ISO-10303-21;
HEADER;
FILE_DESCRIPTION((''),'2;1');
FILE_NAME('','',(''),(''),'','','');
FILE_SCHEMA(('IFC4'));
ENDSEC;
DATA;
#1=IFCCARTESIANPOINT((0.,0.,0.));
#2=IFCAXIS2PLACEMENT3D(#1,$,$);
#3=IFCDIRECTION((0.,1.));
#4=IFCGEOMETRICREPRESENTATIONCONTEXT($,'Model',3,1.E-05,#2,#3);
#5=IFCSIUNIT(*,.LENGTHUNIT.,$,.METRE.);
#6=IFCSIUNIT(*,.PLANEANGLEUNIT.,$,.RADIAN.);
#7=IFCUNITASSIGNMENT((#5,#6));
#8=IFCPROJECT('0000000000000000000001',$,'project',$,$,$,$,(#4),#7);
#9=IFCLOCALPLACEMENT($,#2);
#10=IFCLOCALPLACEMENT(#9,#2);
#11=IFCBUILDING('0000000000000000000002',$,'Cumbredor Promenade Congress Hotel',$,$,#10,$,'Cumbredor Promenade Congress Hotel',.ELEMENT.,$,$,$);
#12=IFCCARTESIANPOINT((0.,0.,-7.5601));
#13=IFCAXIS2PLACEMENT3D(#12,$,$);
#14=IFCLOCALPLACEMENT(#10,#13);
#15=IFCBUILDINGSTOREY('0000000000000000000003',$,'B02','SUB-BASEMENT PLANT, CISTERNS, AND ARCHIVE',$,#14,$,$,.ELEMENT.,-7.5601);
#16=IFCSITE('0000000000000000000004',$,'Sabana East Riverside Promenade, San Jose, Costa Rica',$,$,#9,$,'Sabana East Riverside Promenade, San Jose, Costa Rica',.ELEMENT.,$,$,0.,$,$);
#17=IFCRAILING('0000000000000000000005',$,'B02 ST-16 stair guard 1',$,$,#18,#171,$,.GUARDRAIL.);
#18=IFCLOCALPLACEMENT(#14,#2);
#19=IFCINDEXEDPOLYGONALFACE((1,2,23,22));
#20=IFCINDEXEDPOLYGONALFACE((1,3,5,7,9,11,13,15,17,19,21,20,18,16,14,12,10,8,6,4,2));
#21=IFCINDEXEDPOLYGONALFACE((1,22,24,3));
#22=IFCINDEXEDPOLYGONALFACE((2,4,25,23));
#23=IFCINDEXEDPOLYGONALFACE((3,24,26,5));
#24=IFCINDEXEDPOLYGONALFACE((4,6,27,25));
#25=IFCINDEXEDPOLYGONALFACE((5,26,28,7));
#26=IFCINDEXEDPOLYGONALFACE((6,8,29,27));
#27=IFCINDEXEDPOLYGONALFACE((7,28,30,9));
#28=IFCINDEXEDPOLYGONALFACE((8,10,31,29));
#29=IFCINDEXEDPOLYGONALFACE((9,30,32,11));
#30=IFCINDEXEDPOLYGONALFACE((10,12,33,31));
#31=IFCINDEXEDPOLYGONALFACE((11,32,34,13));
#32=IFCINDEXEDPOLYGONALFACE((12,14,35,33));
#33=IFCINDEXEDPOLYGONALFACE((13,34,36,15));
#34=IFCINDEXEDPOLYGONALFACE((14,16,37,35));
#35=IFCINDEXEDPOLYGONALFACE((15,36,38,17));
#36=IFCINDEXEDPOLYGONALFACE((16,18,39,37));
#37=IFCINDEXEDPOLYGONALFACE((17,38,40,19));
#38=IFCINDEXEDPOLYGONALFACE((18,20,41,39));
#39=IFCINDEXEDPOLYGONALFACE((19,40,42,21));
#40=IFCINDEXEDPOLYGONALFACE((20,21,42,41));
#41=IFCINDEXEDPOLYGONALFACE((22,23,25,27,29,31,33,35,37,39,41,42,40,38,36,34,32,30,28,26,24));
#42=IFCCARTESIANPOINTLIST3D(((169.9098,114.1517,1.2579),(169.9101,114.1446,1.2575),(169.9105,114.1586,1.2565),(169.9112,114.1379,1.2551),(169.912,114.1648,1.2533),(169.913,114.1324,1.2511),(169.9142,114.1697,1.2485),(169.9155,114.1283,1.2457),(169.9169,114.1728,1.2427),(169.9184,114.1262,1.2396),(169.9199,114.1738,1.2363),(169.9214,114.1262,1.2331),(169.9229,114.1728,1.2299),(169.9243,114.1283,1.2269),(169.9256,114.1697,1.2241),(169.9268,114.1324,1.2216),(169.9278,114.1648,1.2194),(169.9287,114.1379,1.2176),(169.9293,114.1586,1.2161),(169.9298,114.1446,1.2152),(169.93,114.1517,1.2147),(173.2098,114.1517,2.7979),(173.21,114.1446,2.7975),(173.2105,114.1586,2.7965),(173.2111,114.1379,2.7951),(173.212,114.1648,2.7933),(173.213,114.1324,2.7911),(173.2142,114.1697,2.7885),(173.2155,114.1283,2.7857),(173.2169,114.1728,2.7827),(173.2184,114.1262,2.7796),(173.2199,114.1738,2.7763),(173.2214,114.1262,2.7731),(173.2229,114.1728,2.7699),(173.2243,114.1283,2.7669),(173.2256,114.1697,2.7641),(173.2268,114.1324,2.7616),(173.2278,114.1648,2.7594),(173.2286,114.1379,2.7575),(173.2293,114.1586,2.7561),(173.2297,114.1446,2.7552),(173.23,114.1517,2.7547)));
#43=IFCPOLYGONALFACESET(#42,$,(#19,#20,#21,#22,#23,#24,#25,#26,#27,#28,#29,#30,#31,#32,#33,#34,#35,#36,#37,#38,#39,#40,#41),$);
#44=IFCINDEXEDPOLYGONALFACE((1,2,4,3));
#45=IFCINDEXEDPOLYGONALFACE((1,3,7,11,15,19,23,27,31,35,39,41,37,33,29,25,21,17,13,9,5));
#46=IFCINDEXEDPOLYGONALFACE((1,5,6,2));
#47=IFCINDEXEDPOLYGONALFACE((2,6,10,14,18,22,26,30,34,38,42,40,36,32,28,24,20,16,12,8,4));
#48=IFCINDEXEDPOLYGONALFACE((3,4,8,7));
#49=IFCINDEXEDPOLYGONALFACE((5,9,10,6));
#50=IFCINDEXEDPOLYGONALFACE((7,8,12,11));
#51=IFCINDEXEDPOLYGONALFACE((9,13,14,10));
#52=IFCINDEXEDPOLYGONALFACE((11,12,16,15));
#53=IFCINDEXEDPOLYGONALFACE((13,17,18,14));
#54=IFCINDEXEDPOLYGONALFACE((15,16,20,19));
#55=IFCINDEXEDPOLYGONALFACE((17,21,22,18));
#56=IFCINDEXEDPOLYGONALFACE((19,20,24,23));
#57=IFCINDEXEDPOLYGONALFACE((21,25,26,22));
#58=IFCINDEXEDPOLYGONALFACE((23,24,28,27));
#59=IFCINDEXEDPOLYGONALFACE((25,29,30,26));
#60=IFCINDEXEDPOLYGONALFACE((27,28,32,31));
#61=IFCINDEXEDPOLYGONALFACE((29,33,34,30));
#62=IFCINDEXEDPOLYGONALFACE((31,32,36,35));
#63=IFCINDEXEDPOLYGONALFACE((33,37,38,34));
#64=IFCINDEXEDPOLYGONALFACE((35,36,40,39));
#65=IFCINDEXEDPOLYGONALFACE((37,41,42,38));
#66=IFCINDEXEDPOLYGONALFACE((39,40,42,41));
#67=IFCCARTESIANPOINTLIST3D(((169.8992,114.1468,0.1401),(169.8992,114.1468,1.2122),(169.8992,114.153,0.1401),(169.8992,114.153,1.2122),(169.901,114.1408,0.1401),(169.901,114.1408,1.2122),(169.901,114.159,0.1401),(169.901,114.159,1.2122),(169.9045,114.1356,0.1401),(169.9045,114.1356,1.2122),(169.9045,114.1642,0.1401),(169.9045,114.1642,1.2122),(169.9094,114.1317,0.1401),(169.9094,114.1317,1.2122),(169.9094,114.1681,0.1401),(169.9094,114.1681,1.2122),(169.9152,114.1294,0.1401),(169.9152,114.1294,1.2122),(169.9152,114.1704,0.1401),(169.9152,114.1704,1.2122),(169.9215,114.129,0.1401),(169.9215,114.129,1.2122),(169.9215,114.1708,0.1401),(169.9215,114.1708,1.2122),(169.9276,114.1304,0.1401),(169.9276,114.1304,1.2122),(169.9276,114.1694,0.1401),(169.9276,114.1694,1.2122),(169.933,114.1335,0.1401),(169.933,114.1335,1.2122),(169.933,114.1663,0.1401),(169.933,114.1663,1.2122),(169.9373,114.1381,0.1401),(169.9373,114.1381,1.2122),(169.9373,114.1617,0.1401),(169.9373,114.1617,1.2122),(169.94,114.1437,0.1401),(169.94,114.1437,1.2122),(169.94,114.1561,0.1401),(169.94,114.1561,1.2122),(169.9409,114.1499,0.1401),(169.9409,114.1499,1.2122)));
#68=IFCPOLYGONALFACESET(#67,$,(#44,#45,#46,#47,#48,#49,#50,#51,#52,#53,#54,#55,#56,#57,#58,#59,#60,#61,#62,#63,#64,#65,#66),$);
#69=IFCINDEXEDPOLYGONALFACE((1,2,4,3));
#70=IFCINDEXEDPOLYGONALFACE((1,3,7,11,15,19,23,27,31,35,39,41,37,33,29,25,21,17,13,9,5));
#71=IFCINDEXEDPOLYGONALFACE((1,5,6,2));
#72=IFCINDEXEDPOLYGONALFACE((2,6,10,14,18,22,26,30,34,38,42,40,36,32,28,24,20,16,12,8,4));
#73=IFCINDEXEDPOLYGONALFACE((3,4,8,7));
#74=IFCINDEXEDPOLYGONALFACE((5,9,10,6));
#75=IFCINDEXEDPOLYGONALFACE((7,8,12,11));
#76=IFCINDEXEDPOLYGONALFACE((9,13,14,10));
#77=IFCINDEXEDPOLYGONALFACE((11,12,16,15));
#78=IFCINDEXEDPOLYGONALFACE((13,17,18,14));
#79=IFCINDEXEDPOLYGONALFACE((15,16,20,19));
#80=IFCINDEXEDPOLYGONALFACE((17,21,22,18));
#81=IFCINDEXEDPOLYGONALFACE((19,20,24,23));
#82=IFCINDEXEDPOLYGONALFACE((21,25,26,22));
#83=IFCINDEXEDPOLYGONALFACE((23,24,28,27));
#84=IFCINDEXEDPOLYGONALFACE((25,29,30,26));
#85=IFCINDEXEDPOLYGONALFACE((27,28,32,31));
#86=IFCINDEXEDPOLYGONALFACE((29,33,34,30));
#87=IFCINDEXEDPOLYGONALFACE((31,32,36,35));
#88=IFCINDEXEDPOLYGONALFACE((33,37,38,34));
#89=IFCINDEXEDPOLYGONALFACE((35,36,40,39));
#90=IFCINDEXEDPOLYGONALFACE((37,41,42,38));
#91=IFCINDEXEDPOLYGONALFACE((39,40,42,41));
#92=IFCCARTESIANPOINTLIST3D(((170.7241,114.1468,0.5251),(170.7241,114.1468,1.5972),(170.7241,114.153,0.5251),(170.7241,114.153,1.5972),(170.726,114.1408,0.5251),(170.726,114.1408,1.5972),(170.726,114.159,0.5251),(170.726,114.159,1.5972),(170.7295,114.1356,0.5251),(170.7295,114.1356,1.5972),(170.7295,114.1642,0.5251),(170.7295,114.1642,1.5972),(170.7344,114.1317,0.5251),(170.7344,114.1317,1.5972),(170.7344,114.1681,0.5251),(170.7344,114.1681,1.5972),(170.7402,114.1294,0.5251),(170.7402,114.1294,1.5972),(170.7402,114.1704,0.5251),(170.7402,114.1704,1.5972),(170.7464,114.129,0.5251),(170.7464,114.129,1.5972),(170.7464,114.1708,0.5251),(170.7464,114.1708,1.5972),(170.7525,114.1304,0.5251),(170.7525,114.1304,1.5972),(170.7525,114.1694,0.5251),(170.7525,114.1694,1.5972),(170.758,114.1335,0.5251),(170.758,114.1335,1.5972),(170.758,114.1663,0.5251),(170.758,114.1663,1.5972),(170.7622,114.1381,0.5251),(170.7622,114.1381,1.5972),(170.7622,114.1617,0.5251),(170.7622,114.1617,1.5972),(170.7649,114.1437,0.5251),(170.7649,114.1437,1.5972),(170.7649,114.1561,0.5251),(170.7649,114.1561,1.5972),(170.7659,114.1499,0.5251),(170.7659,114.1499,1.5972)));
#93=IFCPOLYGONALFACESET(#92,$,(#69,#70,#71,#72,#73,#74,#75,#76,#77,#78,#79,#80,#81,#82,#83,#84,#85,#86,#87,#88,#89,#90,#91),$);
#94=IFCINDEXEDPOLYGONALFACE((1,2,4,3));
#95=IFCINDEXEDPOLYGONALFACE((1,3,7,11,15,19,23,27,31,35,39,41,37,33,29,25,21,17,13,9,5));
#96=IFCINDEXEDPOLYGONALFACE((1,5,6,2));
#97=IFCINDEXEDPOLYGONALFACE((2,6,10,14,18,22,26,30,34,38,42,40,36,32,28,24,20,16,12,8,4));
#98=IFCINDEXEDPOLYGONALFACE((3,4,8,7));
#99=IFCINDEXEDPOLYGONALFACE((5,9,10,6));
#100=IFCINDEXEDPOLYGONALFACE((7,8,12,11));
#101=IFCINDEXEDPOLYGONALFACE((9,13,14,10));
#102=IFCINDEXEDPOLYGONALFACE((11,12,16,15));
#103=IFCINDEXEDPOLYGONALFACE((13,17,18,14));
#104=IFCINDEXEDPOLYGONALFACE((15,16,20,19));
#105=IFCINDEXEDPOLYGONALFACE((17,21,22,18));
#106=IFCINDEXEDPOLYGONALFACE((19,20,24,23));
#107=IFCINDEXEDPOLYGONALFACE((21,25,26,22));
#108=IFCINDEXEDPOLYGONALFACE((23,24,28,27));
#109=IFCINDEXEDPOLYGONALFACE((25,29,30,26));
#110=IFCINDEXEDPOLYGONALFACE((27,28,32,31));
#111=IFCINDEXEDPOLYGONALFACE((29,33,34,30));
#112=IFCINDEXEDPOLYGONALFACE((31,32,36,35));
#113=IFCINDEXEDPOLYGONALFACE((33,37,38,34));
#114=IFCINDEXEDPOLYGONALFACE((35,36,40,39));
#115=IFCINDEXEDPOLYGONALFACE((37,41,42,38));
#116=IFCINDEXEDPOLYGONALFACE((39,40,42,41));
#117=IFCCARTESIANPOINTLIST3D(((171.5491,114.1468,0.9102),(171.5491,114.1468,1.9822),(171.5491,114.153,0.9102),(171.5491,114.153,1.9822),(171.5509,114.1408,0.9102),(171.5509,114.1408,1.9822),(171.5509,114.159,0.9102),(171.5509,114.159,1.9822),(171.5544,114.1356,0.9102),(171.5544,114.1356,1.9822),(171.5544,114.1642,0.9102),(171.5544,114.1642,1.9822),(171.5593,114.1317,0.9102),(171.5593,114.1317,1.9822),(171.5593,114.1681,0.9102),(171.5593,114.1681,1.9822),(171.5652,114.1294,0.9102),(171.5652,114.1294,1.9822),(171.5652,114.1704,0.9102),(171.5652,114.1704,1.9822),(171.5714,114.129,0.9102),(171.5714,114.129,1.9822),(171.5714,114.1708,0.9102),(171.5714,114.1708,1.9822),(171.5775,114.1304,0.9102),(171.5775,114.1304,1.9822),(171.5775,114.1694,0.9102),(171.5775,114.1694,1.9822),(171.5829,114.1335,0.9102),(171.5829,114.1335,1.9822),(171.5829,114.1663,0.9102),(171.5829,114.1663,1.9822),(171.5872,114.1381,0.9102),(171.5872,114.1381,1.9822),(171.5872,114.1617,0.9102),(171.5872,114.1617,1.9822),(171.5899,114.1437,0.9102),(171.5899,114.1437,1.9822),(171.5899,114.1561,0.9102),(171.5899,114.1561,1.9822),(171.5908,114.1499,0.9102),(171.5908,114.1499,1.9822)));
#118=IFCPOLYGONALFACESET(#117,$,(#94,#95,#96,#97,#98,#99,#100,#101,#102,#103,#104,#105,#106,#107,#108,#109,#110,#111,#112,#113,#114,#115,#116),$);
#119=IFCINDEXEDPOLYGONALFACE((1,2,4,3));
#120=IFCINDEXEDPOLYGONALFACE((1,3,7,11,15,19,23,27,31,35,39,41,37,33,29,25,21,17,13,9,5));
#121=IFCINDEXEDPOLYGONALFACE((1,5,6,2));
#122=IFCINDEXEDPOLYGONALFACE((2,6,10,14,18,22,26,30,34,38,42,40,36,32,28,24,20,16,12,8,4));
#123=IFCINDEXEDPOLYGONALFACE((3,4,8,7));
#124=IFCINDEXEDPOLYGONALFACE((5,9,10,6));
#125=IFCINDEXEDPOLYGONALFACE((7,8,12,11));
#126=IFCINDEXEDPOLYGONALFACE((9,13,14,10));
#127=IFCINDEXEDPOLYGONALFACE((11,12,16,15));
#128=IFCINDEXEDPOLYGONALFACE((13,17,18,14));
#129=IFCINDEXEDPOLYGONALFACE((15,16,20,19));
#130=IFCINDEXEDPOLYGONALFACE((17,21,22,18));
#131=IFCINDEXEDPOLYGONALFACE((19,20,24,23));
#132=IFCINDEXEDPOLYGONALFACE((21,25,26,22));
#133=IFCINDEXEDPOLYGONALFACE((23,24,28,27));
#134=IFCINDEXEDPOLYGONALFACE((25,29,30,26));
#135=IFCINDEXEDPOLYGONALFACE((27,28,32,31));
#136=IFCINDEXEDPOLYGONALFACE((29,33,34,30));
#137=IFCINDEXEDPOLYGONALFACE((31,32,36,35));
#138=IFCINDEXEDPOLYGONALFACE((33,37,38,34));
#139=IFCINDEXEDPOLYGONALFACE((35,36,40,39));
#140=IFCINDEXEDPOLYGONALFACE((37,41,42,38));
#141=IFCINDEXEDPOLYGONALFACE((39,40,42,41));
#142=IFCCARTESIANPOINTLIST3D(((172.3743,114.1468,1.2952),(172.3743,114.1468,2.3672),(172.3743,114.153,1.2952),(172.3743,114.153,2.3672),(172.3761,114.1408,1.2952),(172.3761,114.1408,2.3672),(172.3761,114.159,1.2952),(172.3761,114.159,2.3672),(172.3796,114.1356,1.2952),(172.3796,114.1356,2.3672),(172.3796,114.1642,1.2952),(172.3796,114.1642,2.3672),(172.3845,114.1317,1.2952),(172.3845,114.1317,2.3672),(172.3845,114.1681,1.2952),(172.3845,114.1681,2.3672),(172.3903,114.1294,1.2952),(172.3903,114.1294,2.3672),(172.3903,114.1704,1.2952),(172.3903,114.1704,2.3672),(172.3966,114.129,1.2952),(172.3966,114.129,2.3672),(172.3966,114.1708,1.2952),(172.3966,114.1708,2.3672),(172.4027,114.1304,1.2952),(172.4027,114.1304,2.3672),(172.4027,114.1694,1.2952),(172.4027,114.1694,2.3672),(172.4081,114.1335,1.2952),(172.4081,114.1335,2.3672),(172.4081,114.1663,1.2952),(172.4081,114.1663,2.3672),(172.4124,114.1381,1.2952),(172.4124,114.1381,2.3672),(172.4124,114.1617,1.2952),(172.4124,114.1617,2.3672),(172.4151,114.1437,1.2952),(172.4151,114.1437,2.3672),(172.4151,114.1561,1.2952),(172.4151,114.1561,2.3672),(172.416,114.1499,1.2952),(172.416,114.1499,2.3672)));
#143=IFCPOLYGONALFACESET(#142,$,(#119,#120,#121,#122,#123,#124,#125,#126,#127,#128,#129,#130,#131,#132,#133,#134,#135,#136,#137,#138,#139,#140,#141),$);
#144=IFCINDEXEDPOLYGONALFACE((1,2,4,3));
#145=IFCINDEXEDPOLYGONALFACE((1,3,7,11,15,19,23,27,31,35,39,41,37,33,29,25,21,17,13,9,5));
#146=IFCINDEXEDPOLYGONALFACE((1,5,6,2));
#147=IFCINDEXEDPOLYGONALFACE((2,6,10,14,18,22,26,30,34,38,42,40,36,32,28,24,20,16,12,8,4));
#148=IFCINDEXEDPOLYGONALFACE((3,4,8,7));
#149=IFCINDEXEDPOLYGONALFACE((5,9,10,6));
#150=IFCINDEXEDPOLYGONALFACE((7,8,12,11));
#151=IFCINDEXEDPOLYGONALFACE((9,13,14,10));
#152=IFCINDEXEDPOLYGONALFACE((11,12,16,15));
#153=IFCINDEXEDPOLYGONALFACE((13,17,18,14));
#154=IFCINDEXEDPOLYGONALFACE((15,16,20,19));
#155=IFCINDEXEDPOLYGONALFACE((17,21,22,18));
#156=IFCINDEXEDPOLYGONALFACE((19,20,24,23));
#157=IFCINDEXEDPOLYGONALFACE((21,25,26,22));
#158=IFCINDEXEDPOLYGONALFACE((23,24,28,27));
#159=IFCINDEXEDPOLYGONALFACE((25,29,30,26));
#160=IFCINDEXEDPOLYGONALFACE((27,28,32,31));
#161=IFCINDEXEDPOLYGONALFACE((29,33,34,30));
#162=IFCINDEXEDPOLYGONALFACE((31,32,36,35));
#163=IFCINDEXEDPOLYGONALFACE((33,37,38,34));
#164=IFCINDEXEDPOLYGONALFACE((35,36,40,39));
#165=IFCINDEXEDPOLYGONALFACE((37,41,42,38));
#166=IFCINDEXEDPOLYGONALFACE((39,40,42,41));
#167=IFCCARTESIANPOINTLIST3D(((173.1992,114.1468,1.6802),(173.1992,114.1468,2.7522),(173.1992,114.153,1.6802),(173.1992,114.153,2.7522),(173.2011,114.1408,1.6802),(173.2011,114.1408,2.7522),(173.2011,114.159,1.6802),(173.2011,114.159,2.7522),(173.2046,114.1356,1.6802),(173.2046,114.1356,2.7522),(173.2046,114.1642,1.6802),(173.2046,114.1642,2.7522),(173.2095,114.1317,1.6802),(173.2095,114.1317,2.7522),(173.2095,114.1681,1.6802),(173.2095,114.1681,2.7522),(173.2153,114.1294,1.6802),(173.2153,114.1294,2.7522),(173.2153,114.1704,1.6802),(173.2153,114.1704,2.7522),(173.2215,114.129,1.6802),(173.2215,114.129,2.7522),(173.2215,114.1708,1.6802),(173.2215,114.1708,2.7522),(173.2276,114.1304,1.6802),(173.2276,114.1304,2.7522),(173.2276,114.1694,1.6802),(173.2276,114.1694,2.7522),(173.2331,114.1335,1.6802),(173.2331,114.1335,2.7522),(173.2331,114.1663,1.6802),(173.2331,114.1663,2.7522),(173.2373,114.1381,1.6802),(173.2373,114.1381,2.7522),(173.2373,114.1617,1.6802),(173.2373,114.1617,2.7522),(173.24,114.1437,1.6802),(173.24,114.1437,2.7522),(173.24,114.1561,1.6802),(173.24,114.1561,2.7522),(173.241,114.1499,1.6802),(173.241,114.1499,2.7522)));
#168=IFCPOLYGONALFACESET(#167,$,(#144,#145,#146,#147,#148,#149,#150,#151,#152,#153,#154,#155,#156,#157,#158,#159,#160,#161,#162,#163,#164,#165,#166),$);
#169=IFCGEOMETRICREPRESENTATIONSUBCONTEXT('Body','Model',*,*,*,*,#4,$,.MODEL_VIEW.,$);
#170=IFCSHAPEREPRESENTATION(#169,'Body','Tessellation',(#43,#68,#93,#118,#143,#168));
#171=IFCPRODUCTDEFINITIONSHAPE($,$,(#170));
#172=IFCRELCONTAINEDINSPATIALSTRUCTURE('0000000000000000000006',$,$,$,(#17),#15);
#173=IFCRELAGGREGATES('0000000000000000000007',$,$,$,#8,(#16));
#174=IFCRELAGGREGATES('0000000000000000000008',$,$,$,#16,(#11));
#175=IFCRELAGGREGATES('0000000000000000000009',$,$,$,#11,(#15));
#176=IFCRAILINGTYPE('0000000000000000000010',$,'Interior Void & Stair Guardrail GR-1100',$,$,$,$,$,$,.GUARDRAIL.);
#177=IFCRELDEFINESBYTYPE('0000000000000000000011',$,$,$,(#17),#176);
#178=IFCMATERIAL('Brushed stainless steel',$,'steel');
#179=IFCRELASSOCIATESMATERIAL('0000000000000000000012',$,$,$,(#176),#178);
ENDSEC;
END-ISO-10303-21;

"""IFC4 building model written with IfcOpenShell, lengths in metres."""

from ifc_helpers import new_model, si_unit, direction, frame, origin, origin_2d, place, context, subcontext, project, spatial, circle, extrude, material, type_object, element, save


model = new_model("IFC4")

# Units and contexts
model_context = context("Model", 3, precision=1e-05, world=origin(), true_north=direction((0.0, 1.0)))
body_context = subcontext(model_context, "Body", "Model", "MODEL_VIEW")
ifc_project = project(units=[si_unit("LENGTHUNIT", "METRE"), si_unit("PLANEANGLEUNIT", "RADIAN")], contexts=[model_context])

# Site, building, storey
site_placement = place(None, origin())
site = spatial("IfcSite", under=ifc_project, at=site_placement, Name="Sabana East Riverside Promenade, San Jose, Costa Rica", LongName="Sabana East Riverside Promenade, San Jose, Costa Rica", CompositionType="ELEMENT", RefElevation=0.0)
building_placement = place(site_placement, origin())
building = spatial("IfcBuilding", under=site, at=building_placement, Name="Cumbredor Promenade Congress Hotel", LongName="Cumbredor Promenade Congress Hotel", CompositionType="ELEMENT")
storey_placement = place(building_placement, frame((0.0, 0.0, -7.5601)))
storey = spatial("IfcBuildingStorey", under=building, at=storey_placement, Name="B02", Description="SUB-BASEMENT PLANT, CISTERNS, AND ARCHIVE", CompositionType="ELEMENT", Elevation=-7.5601)

# Railing
ifc_material_1 = material(Name="Brushed stainless steel", Category="steel")
railing_type_1 = type_object("IfcRailingType", Name="Interior Void & Stair Guardrail GR-1100", PredefinedType="GUARDRAIL", material=ifc_material_1)
railing_1_placement = place(storey_placement, frame((169.9199, 114.1499, 0.1401)))
element("IfcRailing", 1, at=railing_1_placement, inside=storey, type_object=railing_type_1, Name="B02 ST-16 stair guard 1", PredefinedType="GUARDRAIL", context=body_context, shape_type="SweptSolid", body=[
    extrude(circle(Radius=0.0239, at=origin_2d()), frame((0.0, 0.0, 1.0962), z_axis=(0.906181, 0.0, 0.422889), x_axis=(0.0, 1.0, 0.0)), (0.0, 0.0, 1.0), 3.6416),
    extrude(circle(Radius=0.021, at=origin_2d()), origin(), (0.0, 0.0, 1.0), 1.072),
    extrude(circle(Radius=0.021, at=origin_2d()), frame((0.825, 0.0, 0.385)), (0.0, 0.0, 1.0), 1.072),
    extrude(circle(Radius=0.021, at=origin_2d()), frame((1.6499, 0.0, 0.77)), (0.0, 0.0, 1.0), 1.072),
    extrude(circle(Radius=0.021, at=origin_2d()), frame((2.4751, 0.0, 1.155)), (0.0, 0.0, 1.0), 1.072),
    extrude(circle(Radius=0.021, at=origin_2d()), frame((3.3, 0.0, 1.54)), (0.0, 0.0, 1.0), 1.072),
])

save(model, "model.ifc")
